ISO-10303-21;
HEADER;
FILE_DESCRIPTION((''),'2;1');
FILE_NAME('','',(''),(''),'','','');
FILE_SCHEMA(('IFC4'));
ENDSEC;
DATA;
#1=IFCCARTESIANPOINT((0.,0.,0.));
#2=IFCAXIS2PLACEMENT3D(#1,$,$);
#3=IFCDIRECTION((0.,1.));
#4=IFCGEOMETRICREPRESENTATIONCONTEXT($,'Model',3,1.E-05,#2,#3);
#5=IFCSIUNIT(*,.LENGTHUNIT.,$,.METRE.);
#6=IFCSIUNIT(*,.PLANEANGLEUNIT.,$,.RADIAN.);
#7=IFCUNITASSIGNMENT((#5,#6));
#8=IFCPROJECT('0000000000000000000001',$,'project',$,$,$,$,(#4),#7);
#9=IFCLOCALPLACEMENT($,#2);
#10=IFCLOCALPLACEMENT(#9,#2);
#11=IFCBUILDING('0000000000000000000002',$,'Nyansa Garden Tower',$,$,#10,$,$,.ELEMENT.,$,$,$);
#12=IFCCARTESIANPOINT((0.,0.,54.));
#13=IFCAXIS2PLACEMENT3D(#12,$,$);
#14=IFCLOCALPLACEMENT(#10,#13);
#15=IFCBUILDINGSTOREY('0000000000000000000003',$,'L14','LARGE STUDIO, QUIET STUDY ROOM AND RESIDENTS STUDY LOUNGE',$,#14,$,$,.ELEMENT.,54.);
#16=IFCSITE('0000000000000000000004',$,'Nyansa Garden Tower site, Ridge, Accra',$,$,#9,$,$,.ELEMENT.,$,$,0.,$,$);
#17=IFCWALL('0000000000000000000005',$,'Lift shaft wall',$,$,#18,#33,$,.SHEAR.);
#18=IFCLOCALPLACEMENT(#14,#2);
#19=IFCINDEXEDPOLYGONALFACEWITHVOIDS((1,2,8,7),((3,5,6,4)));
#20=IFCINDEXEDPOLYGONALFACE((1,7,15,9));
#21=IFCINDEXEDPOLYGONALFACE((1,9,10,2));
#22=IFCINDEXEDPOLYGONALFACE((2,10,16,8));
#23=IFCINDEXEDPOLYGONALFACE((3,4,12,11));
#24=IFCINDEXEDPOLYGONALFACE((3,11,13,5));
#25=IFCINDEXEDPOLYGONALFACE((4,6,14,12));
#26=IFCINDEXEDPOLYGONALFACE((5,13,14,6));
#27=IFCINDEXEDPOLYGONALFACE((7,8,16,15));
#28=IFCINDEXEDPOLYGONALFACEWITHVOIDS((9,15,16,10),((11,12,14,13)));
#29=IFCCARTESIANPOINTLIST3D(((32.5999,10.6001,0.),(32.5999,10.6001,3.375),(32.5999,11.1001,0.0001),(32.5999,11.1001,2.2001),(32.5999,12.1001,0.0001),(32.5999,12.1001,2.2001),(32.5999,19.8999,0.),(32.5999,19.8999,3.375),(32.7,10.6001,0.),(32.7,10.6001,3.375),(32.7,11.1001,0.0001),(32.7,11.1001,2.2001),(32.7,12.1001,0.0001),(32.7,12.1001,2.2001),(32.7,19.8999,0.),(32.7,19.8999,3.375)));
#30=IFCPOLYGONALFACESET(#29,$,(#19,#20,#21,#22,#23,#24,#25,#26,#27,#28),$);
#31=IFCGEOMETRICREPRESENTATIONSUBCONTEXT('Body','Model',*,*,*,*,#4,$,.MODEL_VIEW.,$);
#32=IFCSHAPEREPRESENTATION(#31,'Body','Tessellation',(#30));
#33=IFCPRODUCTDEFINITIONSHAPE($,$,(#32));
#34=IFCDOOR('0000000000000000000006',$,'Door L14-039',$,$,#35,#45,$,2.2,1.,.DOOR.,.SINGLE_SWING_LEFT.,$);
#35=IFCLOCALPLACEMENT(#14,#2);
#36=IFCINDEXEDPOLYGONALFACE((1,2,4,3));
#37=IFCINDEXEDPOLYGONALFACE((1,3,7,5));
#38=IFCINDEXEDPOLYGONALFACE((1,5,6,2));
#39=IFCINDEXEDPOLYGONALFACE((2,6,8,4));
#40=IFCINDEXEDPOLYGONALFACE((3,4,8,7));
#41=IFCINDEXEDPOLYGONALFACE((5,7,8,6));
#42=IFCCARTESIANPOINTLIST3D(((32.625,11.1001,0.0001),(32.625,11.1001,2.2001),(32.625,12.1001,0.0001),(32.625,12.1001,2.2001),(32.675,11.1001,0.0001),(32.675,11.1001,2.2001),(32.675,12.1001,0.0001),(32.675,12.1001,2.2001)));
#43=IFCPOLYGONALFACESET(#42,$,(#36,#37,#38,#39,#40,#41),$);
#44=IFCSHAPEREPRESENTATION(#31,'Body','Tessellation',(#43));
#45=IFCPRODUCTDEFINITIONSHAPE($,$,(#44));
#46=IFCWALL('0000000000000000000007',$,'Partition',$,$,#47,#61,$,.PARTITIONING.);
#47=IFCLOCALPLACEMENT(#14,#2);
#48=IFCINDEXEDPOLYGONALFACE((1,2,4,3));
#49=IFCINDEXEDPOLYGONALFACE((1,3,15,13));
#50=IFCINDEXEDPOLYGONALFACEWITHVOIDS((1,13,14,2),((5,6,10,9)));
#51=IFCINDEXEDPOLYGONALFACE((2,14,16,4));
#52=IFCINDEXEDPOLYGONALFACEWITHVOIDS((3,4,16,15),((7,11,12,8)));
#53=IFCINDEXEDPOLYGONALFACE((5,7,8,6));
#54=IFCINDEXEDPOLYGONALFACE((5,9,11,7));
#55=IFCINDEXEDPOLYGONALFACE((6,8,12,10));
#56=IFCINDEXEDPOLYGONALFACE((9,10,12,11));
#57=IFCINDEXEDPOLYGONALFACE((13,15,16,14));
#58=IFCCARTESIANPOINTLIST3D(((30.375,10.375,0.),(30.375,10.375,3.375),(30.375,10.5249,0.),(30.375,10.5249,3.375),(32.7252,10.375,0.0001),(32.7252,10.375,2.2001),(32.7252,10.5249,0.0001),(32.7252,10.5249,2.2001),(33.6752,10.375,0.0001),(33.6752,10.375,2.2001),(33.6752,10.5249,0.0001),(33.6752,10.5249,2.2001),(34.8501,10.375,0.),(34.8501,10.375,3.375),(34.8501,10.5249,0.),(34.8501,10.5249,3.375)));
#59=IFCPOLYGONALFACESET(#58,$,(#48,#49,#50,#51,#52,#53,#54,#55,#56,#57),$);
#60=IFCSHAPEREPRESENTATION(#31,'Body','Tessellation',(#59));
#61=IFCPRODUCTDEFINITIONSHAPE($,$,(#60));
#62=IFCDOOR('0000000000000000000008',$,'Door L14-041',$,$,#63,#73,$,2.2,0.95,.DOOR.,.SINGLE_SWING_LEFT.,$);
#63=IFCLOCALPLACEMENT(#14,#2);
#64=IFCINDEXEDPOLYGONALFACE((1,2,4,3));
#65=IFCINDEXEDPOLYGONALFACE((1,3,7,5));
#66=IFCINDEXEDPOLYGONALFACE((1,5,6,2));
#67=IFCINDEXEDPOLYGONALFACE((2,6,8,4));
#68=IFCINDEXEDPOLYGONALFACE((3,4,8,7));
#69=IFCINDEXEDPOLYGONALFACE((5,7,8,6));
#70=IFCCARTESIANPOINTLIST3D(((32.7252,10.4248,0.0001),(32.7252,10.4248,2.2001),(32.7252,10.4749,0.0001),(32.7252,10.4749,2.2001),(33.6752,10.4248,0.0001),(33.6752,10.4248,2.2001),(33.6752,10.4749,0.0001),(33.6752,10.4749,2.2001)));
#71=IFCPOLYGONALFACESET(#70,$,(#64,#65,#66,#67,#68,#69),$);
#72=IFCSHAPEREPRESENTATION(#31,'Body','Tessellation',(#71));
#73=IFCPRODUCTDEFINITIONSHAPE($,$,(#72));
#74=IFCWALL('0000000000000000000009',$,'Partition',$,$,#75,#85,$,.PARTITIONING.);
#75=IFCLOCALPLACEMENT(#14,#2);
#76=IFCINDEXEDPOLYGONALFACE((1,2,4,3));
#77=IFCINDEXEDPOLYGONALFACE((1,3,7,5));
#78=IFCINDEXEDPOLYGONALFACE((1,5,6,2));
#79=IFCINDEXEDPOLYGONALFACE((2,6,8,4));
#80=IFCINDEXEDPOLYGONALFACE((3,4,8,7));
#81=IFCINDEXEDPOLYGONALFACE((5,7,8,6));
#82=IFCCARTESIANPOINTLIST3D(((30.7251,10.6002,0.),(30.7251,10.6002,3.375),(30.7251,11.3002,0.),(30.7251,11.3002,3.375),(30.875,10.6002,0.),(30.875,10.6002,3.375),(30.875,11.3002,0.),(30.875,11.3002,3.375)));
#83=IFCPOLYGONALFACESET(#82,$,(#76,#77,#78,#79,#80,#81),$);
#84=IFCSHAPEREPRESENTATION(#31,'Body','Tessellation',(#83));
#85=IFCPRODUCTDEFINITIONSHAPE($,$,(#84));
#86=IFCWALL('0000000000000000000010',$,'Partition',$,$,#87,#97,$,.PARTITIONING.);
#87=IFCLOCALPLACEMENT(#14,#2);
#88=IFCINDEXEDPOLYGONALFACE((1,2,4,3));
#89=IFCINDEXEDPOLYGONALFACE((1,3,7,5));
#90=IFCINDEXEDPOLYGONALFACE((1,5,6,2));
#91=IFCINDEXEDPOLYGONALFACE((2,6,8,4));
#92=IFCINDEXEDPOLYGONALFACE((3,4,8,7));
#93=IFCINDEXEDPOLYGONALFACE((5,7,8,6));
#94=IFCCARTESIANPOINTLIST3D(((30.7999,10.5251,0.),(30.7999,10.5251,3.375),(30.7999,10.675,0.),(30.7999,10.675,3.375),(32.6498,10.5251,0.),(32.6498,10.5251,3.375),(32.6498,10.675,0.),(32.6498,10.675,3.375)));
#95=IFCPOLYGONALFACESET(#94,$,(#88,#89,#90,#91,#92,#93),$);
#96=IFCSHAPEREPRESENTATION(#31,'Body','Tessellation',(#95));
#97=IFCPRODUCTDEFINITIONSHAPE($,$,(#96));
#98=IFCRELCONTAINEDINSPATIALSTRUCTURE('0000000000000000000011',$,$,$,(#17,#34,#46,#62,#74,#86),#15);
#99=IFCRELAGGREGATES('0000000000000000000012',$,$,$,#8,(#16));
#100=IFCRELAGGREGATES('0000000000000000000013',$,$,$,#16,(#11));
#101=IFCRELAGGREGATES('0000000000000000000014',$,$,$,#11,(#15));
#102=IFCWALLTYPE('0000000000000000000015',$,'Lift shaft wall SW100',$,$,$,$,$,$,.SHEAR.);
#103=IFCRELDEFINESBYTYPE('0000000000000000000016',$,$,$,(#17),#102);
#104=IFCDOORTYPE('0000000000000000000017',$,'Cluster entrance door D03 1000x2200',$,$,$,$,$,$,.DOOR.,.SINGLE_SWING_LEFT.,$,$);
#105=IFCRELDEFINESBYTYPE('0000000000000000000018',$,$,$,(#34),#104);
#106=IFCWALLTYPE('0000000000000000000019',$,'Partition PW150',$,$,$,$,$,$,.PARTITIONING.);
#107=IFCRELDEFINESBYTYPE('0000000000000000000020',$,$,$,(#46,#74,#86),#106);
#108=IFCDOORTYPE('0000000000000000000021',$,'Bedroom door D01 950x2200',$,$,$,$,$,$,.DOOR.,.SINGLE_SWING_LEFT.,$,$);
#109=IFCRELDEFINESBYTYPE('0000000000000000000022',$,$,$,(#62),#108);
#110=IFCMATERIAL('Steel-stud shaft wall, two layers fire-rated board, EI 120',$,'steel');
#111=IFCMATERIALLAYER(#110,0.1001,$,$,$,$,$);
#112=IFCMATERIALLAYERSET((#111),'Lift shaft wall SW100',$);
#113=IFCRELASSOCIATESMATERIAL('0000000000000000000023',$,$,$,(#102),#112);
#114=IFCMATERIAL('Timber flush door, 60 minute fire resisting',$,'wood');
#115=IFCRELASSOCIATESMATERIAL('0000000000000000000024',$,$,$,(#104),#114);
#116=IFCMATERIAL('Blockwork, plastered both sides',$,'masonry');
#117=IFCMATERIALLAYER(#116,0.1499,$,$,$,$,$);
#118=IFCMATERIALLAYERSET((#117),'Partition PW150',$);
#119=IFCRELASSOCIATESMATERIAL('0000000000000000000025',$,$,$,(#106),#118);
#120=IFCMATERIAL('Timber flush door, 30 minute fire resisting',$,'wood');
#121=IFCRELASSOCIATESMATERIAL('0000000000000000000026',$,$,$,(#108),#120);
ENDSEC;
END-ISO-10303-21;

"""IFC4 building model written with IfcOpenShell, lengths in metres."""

from ifc_helpers import new_model, si_unit, direction, frame, frame_2d, origin, place, context, subcontext, project, spatial, rectangle, extrude, material, layer, layer_set, type_object, element, fill, save


model = new_model("IFC4")

# Units and contexts
model_context = context("Model", 3, precision=1e-05, world=origin(), true_north=direction((0.0, 1.0)))
body_context = subcontext(model_context, "Body", "Model", "MODEL_VIEW")
ifc_project = project(units=[si_unit("LENGTHUNIT", "METRE"), si_unit("PLANEANGLEUNIT", "RADIAN")], contexts=[model_context])

# Site, building, storey
site_placement = place(None, origin())
site = spatial("IfcSite", under=ifc_project, at=site_placement, Name="Nyansa Garden Tower site, Ridge, Accra", CompositionType="ELEMENT", RefElevation=0.0)
building_placement = place(site_placement, origin())
building = spatial("IfcBuilding", under=site, at=building_placement, Name="Nyansa Garden Tower", CompositionType="ELEMENT")
storey_placement = place(building_placement, frame((0.0, 0.0, 54.0)))
storey = spatial("IfcBuildingStorey", under=building, at=storey_placement, Name="L14", Description="LARGE STUDIO, QUIET STUDY ROOM AND RESIDENTS STUDY LOUNGE", CompositionType="ELEMENT", Elevation=54.0)

# Shared definitions
ifc_material_1 = material(Name="Steel-stud shaft wall, two layers fire-rated board, EI 120", Category="steel")
ifc_layer_1 = layer(ifc_material_1, 0.1001)
ifc_layer_set_1 = layer_set([ifc_layer_1], Name="Lift shaft wall SW100")
wall_type_1 = type_object("IfcWallType", Name="Lift shaft wall SW100", PredefinedType="SHEAR", material=ifc_layer_set_1)

# Walls, openings, doors
wall_1_placement = place(storey_placement, frame((32.6499, 10.6001, 0.0), z_axis=(0.0, 0.0, 1.0), x_axis=(0.0, 1.0, 0.0)))
wall_1 = element("IfcWall", 1, at=wall_1_placement, inside=storey, type_object=wall_type_1, Name="Lift shaft wall", PredefinedType="SHEAR", context=body_context, shape_type="SweptSolid", body=[
    extrude(rectangle(XDim=9.2998, YDim=0.1001, at=frame_2d((4.6499, 0.0))), origin(), (0.0, 0.0, 1.0), 3.375),
])
opening_1_placement = place(wall_1_placement, frame((0.5, 0.0, 0.0)))
opening_1 = element("IfcOpeningElement", 2, at=opening_1_placement, cuts=wall_1, PredefinedType="OPENING", context=body_context, shape_type="SweptSolid", body=[
    extrude(rectangle(XDim=1.0, YDim=2.2, at=frame_2d((0.5, 1.1001))), frame((0.0, 0.0601, 0.0), z_axis=(0.0, -1.0, 0.0), x_axis=(1.0, 0.0, 0.0)), (0.0, 0.0, 1.0), 0.1201),
])
ifc_material_2 = material(Name="Timber flush door, 60 minute fire resisting", Category="wood")
door_type_1 = type_object("IfcDoorType", Name="Cluster entrance door D03 1000x2200", OperationType="SINGLE_SWING_LEFT", PredefinedType="DOOR", material=ifc_material_2)
door_1_placement = place(opening_1_placement, origin())
door_1 = element("IfcDoor", 3, at=door_1_placement, inside=storey, type_object=door_type_1, Name="Door L14-039", OperationType="SINGLE_SWING_LEFT", OverallHeight=2.2, OverallWidth=1.0, PredefinedType="DOOR", context=body_context, shape_type="SweptSolid", body=[
    extrude(rectangle(XDim=1.0, YDim=2.2, at=frame_2d((0.5, 1.1001))), frame((0.0, 0.0249, 0.0), z_axis=(0.0, -1.0, 0.0), x_axis=(1.0, 0.0, 0.0)), (0.0, 0.0, 1.0), 0.05),
])
fill(opening_1, door_1)
ifc_material_3 = material(Name="Blockwork, plastered both sides", Category="masonry")
ifc_layer_2 = layer(ifc_material_3, 0.1499)
ifc_layer_set_2 = layer_set([ifc_layer_2], Name="Partition PW150")
wall_type_2 = type_object("IfcWallType", Name="Partition PW150", PredefinedType="PARTITIONING", material=ifc_layer_set_2)
wall_2_placement = place(storey_placement, frame((30.375, 10.45, 0.0), z_axis=(0.0, 0.0, 1.0), x_axis=(1.0, 0.0, 0.0)))
wall_2 = element("IfcWall", 4, at=wall_2_placement, inside=storey, type_object=wall_type_2, Name="Partition", PredefinedType="PARTITIONING", context=body_context, shape_type="SweptSolid", body=[
    extrude(rectangle(XDim=4.4751, YDim=0.1499, at=frame_2d((2.2375, 0.0))), origin(), (0.0, 0.0, 1.0), 3.375),
])
opening_2_placement = place(wall_2_placement, frame((2.3501, 0.0, 0.0)))
opening_2 = element("IfcOpeningElement", 5, at=opening_2_placement, cuts=wall_2, PredefinedType="OPENING", context=body_context, shape_type="SweptSolid", body=[
    extrude(rectangle(XDim=0.95, YDim=2.2, at=frame_2d((0.4751, 1.1001))), frame((0.0, 0.085, 0.0), z_axis=(0.0, -1.0, 0.0), x_axis=(1.0, 0.0, 0.0)), (0.0, 0.0, 1.0), 0.1699),
])
ifc_material_4 = material(Name="Timber flush door, 30 minute fire resisting", Category="wood")
door_type_2 = type_object("IfcDoorType", Name="Bedroom door D01 950x2200", OperationType="SINGLE_SWING_LEFT", PredefinedType="DOOR", material=ifc_material_4)
door_2_placement = place(opening_2_placement, origin())
door_2 = element("IfcDoor", 6, at=door_2_placement, inside=storey, type_object=door_type_2, Name="Door L14-041", OperationType="SINGLE_SWING_LEFT", OverallHeight=2.2, OverallWidth=0.95, PredefinedType="DOOR", context=body_context, shape_type="SweptSolid", body=[
    extrude(rectangle(XDim=0.95, YDim=2.2, at=frame_2d((0.4751, 1.1001))), frame((0.0, 0.0249, 0.0), z_axis=(0.0, -1.0, 0.0), x_axis=(1.0, 0.0, 0.0)), (0.0, 0.0, 1.0), 0.05),
])
fill(opening_2, door_2)

# Walls
wall_3_placement = place(storey_placement, frame((30.8, 10.6001, 0.0), z_axis=(0.0, 0.0, 1.0), x_axis=(0.0, 1.0, 0.0)))
element("IfcWall", 7, at=wall_3_placement, inside=storey, type_object=wall_type_2, Name="Partition", PredefinedType="PARTITIONING", context=body_context, shape_type="SweptSolid", body=[
    extrude(rectangle(XDim=0.7, YDim=0.1499, at=frame_2d((0.3501, 0.0))), origin(), (0.0, 0.0, 1.0), 3.375),
])
wall_4_placement = place(storey_placement, frame((30.8, 10.6001, 0.0), z_axis=(0.0, 0.0, 1.0), x_axis=(1.0, 0.0, 0.0)))
element("IfcWall", 8, at=wall_4_placement, inside=storey, type_object=wall_type_2, Name="Partition", PredefinedType="PARTITIONING", context=body_context, shape_type="SweptSolid", body=[
    extrude(rectangle(XDim=1.8499, YDim=0.1499, at=frame_2d((0.9248, 0.0))), origin(), (0.0, 0.0, 1.0), 3.375),
])

save(model, "model.ifc")
